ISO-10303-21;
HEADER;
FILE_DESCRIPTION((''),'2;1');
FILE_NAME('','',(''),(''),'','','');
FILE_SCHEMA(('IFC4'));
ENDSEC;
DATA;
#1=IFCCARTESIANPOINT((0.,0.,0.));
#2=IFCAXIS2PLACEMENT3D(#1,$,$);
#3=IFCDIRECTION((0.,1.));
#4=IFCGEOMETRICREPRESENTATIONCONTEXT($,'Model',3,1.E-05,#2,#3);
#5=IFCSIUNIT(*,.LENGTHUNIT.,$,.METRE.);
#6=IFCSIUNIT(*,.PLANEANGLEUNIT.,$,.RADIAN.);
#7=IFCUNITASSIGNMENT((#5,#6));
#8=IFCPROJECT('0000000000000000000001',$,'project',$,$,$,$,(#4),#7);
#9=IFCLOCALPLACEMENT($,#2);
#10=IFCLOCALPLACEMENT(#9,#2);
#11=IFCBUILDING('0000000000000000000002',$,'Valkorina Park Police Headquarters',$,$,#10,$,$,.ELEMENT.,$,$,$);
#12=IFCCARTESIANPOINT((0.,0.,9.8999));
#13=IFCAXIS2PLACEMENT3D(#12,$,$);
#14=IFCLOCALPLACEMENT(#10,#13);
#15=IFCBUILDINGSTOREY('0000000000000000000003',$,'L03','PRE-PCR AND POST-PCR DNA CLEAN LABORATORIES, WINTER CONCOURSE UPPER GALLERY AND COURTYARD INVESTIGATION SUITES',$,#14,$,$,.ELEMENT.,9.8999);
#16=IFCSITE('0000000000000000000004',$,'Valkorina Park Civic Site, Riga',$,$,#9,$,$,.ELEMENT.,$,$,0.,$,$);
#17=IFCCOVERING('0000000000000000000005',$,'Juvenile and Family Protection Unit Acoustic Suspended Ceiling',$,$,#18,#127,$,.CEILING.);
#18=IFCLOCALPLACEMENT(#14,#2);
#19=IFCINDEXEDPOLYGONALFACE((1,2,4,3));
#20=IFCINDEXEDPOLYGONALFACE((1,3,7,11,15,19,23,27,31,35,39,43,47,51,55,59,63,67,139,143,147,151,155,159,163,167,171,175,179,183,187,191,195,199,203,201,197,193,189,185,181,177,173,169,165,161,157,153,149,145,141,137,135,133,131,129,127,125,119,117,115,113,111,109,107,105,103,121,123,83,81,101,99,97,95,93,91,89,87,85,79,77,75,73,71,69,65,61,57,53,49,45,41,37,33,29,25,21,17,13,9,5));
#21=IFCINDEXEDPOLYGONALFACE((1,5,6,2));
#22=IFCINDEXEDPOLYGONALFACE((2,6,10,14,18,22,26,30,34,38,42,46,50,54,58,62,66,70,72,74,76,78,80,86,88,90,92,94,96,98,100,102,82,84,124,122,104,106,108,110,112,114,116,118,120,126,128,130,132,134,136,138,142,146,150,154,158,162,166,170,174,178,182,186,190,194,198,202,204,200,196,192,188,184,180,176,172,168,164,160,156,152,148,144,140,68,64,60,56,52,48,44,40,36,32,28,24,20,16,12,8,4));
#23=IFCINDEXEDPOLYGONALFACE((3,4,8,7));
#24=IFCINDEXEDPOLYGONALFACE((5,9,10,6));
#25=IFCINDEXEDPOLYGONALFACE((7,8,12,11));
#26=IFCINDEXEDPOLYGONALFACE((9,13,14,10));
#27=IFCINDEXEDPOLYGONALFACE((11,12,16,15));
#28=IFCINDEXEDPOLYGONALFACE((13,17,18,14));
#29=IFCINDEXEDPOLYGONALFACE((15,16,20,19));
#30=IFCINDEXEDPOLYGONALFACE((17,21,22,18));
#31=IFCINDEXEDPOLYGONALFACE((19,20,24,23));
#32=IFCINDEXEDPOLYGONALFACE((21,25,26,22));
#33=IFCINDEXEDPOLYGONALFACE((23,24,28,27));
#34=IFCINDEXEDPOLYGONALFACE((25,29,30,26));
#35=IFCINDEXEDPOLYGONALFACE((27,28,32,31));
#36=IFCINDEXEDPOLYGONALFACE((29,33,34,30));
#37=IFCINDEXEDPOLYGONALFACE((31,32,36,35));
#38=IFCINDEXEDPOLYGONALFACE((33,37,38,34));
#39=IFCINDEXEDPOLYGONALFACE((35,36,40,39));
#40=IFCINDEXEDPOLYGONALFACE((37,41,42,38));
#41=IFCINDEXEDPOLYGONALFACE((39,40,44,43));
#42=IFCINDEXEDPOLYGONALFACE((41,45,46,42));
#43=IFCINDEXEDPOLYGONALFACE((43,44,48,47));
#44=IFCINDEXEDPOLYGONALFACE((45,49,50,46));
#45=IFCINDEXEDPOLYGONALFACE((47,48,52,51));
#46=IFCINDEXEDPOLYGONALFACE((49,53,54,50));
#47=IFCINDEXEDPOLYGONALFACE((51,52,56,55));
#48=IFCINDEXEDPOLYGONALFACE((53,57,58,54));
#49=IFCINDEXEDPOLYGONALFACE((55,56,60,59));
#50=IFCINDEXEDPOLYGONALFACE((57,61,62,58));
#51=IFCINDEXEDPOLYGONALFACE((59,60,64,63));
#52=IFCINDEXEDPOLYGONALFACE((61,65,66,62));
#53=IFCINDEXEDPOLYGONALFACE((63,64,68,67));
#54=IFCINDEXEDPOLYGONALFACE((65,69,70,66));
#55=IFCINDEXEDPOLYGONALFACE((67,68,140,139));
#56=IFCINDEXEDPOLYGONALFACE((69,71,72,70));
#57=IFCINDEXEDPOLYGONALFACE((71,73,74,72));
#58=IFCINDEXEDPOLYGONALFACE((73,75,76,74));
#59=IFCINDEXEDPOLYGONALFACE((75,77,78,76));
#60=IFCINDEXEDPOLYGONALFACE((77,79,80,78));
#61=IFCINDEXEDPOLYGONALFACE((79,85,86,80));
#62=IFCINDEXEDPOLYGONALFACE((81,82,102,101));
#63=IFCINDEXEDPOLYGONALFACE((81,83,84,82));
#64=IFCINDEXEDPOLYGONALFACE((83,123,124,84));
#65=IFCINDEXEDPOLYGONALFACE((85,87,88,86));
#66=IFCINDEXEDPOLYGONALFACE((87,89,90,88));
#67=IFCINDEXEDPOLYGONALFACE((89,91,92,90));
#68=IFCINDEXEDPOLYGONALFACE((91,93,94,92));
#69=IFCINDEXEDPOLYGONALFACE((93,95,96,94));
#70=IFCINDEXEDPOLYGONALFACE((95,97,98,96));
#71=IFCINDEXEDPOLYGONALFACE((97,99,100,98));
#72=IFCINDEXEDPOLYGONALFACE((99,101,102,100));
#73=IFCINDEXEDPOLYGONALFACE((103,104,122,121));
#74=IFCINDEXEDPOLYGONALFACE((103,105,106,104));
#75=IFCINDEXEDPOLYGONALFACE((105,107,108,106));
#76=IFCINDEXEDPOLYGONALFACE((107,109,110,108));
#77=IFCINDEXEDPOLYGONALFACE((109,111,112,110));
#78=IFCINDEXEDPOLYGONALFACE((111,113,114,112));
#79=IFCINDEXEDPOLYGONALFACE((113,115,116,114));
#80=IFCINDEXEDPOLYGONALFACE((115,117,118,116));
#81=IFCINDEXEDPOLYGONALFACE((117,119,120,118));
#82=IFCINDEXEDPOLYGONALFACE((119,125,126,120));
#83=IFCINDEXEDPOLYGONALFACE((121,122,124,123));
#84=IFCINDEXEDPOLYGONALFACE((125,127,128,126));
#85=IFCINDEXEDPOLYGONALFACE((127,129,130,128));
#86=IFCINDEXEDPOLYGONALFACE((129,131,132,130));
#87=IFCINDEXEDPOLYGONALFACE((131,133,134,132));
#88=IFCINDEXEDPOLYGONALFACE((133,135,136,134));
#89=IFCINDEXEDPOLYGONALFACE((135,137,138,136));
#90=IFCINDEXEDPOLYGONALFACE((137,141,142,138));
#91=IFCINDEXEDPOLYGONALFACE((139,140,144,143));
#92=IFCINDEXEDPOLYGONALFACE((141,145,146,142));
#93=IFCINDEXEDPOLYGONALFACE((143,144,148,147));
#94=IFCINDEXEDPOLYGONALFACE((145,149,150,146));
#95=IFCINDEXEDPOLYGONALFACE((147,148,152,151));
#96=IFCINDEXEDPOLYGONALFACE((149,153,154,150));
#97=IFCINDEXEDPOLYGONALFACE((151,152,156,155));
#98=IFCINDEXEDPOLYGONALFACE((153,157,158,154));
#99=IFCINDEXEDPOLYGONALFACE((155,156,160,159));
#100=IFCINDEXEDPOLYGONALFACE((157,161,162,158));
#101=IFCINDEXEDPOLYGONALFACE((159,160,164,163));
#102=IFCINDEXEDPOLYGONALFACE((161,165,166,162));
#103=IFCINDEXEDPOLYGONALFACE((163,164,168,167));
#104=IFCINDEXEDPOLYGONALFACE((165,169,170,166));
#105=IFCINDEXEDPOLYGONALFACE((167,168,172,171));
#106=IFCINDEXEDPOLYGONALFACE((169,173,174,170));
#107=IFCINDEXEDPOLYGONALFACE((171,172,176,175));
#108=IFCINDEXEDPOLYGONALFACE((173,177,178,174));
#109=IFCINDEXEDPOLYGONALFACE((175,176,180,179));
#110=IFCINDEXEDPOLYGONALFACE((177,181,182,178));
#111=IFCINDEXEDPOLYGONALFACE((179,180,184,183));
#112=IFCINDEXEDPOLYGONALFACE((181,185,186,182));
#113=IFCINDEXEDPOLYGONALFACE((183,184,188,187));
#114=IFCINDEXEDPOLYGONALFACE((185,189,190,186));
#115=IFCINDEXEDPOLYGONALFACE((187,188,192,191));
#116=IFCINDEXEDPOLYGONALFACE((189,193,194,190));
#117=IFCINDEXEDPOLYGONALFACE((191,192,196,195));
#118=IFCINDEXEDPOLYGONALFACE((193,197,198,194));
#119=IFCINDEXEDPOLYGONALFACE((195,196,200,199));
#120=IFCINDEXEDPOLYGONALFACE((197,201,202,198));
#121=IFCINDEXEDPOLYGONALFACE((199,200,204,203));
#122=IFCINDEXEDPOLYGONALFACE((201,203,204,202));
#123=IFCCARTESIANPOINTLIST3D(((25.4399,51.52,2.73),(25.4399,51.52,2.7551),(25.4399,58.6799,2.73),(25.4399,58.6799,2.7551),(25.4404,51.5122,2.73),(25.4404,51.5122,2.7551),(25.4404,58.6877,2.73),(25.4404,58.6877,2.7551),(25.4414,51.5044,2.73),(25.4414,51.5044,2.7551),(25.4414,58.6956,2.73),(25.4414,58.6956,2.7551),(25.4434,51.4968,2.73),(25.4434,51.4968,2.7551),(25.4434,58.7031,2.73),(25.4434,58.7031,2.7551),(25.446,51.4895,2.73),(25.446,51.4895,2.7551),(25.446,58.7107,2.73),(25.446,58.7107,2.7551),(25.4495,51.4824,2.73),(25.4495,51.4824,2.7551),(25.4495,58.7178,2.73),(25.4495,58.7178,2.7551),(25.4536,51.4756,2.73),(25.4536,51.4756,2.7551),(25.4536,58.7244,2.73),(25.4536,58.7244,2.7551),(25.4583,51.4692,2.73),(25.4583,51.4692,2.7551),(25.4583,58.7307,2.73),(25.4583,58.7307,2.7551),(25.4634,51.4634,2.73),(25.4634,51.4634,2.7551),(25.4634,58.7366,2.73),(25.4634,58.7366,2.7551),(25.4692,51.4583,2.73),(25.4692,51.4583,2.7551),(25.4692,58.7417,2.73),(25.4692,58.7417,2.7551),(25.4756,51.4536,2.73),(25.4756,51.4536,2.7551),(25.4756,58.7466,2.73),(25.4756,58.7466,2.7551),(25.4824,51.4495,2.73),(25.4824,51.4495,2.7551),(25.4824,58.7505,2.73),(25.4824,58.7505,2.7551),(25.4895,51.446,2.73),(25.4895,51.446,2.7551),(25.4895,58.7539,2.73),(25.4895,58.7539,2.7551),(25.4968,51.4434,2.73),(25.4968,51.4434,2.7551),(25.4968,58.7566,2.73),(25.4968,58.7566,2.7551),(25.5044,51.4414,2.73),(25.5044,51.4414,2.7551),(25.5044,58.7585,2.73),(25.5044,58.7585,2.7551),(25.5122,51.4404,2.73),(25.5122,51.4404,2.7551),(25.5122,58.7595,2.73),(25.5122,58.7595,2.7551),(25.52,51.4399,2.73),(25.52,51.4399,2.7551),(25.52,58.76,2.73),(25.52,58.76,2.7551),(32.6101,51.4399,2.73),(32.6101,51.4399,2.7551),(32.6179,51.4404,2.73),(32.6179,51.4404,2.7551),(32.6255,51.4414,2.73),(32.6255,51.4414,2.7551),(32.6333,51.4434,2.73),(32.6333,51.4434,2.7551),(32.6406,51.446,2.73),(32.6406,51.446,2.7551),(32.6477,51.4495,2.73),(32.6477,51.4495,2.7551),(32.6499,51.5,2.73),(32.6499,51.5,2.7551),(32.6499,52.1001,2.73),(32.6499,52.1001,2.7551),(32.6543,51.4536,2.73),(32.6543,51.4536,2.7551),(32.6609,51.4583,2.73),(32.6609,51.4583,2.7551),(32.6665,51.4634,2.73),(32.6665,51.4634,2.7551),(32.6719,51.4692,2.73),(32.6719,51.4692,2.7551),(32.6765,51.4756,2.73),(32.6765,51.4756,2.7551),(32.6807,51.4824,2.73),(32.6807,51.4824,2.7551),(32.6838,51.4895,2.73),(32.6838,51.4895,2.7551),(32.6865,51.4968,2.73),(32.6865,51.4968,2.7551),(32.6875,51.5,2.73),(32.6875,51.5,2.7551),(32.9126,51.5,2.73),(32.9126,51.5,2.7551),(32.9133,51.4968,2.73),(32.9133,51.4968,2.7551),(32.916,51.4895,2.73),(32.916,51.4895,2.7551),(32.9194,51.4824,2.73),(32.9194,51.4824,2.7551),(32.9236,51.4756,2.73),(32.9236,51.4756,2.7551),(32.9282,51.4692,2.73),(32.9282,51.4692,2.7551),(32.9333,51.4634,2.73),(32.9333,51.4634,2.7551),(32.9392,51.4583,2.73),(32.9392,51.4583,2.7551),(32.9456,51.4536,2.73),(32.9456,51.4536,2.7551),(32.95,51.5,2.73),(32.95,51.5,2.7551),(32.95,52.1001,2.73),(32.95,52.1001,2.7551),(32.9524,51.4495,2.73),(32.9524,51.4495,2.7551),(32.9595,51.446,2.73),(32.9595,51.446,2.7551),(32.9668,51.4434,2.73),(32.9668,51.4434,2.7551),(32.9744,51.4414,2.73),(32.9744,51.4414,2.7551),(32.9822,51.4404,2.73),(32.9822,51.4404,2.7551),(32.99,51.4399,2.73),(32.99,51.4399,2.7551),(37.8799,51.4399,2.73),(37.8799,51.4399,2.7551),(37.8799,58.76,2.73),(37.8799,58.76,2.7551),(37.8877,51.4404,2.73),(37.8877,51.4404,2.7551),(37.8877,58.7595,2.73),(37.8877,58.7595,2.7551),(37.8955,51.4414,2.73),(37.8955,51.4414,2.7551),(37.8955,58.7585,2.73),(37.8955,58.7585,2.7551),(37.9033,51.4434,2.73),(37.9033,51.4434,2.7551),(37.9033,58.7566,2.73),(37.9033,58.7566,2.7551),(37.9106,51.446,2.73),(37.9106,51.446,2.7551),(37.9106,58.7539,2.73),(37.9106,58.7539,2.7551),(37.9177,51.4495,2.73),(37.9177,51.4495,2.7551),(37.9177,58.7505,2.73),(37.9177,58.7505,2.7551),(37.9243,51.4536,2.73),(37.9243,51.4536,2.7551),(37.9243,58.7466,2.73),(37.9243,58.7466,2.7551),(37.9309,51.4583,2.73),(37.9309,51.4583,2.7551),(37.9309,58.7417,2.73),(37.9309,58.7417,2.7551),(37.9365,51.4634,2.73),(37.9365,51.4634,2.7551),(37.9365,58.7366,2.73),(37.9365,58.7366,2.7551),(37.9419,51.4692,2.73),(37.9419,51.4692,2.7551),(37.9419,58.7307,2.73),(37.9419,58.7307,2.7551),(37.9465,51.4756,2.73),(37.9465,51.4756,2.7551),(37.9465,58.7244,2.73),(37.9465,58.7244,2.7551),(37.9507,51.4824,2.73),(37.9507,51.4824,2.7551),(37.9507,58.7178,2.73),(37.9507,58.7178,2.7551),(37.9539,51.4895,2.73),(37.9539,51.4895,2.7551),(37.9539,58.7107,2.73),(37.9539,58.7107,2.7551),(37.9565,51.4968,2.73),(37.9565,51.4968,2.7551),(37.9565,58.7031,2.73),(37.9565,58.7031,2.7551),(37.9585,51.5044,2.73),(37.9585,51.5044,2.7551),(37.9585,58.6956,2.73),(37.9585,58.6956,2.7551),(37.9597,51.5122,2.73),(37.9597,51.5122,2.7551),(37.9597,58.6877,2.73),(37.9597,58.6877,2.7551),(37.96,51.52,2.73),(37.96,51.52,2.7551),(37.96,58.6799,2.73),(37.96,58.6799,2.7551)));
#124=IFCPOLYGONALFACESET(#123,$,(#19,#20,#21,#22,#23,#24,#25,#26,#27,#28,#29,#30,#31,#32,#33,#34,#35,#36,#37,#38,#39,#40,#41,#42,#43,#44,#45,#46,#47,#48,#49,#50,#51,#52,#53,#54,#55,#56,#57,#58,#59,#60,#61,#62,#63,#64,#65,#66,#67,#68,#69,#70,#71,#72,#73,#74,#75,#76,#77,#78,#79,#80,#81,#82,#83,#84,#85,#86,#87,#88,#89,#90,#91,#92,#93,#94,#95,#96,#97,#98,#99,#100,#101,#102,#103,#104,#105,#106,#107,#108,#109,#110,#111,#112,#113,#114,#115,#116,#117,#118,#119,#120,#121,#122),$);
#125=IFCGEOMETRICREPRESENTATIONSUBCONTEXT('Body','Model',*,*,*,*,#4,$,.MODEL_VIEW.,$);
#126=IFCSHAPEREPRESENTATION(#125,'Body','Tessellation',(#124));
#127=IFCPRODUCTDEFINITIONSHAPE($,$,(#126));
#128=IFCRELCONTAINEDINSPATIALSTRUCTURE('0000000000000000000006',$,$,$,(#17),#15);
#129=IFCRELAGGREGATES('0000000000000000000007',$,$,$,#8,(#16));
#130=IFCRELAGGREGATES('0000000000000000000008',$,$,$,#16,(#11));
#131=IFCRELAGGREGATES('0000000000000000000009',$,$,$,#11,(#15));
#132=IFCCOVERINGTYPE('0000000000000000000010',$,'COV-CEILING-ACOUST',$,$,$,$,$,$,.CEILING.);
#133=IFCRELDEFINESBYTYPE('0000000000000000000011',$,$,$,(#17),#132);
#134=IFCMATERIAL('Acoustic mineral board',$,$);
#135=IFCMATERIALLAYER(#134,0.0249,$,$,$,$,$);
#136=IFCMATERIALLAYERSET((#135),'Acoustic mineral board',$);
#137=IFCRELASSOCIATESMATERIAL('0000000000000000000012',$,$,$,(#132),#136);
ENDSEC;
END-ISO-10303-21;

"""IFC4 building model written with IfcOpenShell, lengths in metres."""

from ifc_helpers import new_model, si_unit, direction, frame, origin, place, context, subcontext, project, spatial, polyline, outline, extrude, material, layer, layer_set, type_object, element, save


model = new_model("IFC4")

# Units and contexts
model_context = context("Model", 3, precision=1e-05, world=origin(), true_north=direction((0.0, 1.0)))
body_context = subcontext(model_context, "Body", "Model", "MODEL_VIEW")
ifc_project = project(units=[si_unit("LENGTHUNIT", "METRE"), si_unit("PLANEANGLEUNIT", "RADIAN")], contexts=[model_context])

# Site, building, storey
site_placement = place(None, origin())
site = spatial("IfcSite", under=ifc_project, at=site_placement, Name="Valkorina Park Civic Site, Riga", CompositionType="ELEMENT", RefElevation=0.0)
building_placement = place(site_placement, origin())
building = spatial("IfcBuilding", under=site, at=building_placement, Name="Valkorina Park Police Headquarters", CompositionType="ELEMENT")
storey_placement = place(building_placement, frame((0.0, 0.0, 9.8999)))
storey = spatial("IfcBuildingStorey", under=building, at=storey_placement, Name="L03", Description="PRE-PCR AND POST-PCR DNA CLEAN LABORATORIES, WINTER CONCOURSE UPPER GALLERY AND COURTYARD INVESTIGATION SUITES", CompositionType="ELEMENT", Elevation=9.8999)

# Covering
ifc_material_1 = material(Name="Acoustic mineral board")
ifc_layer_1 = layer(ifc_material_1, 0.0249)
ifc_layer_set_1 = layer_set([ifc_layer_1], Name="Acoustic mineral board")
covering_type_1 = type_object("IfcCoveringType", Name="COV-CEILING-ACOUST", PredefinedType="CEILING", material=ifc_layer_set_1)
covering_1_placement = place(storey_placement, frame((0.0, 0.0, 2.73)))
element("IfcCovering", 1, at=covering_1_placement, inside=storey, type_object=covering_type_1, Name="Juvenile and Family Protection Unit Acoustic Suspended Ceiling", PredefinedType="CEILING", context=body_context, shape_type="SweptSolid", body=[
    extrude(outline(polyline([(37.9585, 51.5044), (37.9597, 51.5122), (37.96, 51.52), (37.96, 58.6799), (37.9597, 58.6877), (37.9585, 58.6956), (37.9565, 58.7031), (37.9539, 58.7107), (37.9507, 58.7178), (37.9465, 58.7244), (37.9419, 58.7307), (37.9365, 58.7366), (37.9309, 58.7417), (37.9243, 58.7466), (37.9177, 58.7505), (37.9106, 58.7539), (37.9033, 58.7566), (37.8955, 58.7585), (37.8877, 58.7595), (37.8799, 58.76), (25.52, 58.76), (25.5122, 58.7595), (25.5044, 58.7585), (25.4968, 58.7566), (25.4895, 58.7539), (25.4824, 58.7505), (25.4756, 58.7466), (25.4692, 58.7417), (25.4634, 58.7366), (25.4583, 58.7307), (25.4536, 58.7244), (25.4495, 58.7178), (25.446, 58.7107), (25.4434, 58.7031), (25.4414, 58.6956), (25.4404, 58.6877), (25.4399, 58.6799), (25.4399, 51.52), (25.4404, 51.5122), (25.4414, 51.5044), (25.4434, 51.4968), (25.446, 51.4895), (25.4495, 51.4824), (25.4536, 51.4756), (25.4583, 51.4692), (25.4634, 51.4634), (25.4692, 51.4583), (25.4756, 51.4536), (25.4824, 51.4495), (25.4895, 51.446), (25.4968, 51.4434), (25.5044, 51.4414), (25.5122, 51.4404), (25.52, 51.4399), (32.6101, 51.4399), (32.6179, 51.4404), (32.6255, 51.4414), (32.6333, 51.4434), (32.6406, 51.446), (32.6477, 51.4495), (32.6543, 51.4536), (32.6609, 51.4583), (32.6665, 51.4634), (32.6719, 51.4692), (32.6765, 51.4756), (32.6807, 51.4824), (32.6838, 51.4895), (32.6865, 51.4968), (32.6875, 51.5), (32.6499, 51.5), (32.6499, 52.1001), (32.95, 52.1001), (32.95, 51.5), (32.9126, 51.5), (32.9133, 51.4968), (32.916, 51.4895), (32.9194, 51.4824), (32.9236, 51.4756), (32.9282, 51.4692), (32.9333, 51.4634), (32.9392, 51.4583), (32.9456, 51.4536), (32.9524, 51.4495), (32.9595, 51.446), (32.9668, 51.4434), (32.9744, 51.4414), (32.9822, 51.4404), (32.99, 51.4399), (37.8799, 51.4399), (37.8877, 51.4404), (37.8955, 51.4414), (37.9033, 51.4434), (37.9106, 51.446), (37.9177, 51.4495), (37.9243, 51.4536), (37.9309, 51.4583), (37.9365, 51.4634), (37.9419, 51.4692), (37.9465, 51.4756), (37.9507, 51.4824), (37.9539, 51.4895), (37.9565, 51.4968), (37.9585, 51.5044)])), origin(), (0.0, 0.0, 1.0), 0.0251),
])

save(model, "model.ifc")
